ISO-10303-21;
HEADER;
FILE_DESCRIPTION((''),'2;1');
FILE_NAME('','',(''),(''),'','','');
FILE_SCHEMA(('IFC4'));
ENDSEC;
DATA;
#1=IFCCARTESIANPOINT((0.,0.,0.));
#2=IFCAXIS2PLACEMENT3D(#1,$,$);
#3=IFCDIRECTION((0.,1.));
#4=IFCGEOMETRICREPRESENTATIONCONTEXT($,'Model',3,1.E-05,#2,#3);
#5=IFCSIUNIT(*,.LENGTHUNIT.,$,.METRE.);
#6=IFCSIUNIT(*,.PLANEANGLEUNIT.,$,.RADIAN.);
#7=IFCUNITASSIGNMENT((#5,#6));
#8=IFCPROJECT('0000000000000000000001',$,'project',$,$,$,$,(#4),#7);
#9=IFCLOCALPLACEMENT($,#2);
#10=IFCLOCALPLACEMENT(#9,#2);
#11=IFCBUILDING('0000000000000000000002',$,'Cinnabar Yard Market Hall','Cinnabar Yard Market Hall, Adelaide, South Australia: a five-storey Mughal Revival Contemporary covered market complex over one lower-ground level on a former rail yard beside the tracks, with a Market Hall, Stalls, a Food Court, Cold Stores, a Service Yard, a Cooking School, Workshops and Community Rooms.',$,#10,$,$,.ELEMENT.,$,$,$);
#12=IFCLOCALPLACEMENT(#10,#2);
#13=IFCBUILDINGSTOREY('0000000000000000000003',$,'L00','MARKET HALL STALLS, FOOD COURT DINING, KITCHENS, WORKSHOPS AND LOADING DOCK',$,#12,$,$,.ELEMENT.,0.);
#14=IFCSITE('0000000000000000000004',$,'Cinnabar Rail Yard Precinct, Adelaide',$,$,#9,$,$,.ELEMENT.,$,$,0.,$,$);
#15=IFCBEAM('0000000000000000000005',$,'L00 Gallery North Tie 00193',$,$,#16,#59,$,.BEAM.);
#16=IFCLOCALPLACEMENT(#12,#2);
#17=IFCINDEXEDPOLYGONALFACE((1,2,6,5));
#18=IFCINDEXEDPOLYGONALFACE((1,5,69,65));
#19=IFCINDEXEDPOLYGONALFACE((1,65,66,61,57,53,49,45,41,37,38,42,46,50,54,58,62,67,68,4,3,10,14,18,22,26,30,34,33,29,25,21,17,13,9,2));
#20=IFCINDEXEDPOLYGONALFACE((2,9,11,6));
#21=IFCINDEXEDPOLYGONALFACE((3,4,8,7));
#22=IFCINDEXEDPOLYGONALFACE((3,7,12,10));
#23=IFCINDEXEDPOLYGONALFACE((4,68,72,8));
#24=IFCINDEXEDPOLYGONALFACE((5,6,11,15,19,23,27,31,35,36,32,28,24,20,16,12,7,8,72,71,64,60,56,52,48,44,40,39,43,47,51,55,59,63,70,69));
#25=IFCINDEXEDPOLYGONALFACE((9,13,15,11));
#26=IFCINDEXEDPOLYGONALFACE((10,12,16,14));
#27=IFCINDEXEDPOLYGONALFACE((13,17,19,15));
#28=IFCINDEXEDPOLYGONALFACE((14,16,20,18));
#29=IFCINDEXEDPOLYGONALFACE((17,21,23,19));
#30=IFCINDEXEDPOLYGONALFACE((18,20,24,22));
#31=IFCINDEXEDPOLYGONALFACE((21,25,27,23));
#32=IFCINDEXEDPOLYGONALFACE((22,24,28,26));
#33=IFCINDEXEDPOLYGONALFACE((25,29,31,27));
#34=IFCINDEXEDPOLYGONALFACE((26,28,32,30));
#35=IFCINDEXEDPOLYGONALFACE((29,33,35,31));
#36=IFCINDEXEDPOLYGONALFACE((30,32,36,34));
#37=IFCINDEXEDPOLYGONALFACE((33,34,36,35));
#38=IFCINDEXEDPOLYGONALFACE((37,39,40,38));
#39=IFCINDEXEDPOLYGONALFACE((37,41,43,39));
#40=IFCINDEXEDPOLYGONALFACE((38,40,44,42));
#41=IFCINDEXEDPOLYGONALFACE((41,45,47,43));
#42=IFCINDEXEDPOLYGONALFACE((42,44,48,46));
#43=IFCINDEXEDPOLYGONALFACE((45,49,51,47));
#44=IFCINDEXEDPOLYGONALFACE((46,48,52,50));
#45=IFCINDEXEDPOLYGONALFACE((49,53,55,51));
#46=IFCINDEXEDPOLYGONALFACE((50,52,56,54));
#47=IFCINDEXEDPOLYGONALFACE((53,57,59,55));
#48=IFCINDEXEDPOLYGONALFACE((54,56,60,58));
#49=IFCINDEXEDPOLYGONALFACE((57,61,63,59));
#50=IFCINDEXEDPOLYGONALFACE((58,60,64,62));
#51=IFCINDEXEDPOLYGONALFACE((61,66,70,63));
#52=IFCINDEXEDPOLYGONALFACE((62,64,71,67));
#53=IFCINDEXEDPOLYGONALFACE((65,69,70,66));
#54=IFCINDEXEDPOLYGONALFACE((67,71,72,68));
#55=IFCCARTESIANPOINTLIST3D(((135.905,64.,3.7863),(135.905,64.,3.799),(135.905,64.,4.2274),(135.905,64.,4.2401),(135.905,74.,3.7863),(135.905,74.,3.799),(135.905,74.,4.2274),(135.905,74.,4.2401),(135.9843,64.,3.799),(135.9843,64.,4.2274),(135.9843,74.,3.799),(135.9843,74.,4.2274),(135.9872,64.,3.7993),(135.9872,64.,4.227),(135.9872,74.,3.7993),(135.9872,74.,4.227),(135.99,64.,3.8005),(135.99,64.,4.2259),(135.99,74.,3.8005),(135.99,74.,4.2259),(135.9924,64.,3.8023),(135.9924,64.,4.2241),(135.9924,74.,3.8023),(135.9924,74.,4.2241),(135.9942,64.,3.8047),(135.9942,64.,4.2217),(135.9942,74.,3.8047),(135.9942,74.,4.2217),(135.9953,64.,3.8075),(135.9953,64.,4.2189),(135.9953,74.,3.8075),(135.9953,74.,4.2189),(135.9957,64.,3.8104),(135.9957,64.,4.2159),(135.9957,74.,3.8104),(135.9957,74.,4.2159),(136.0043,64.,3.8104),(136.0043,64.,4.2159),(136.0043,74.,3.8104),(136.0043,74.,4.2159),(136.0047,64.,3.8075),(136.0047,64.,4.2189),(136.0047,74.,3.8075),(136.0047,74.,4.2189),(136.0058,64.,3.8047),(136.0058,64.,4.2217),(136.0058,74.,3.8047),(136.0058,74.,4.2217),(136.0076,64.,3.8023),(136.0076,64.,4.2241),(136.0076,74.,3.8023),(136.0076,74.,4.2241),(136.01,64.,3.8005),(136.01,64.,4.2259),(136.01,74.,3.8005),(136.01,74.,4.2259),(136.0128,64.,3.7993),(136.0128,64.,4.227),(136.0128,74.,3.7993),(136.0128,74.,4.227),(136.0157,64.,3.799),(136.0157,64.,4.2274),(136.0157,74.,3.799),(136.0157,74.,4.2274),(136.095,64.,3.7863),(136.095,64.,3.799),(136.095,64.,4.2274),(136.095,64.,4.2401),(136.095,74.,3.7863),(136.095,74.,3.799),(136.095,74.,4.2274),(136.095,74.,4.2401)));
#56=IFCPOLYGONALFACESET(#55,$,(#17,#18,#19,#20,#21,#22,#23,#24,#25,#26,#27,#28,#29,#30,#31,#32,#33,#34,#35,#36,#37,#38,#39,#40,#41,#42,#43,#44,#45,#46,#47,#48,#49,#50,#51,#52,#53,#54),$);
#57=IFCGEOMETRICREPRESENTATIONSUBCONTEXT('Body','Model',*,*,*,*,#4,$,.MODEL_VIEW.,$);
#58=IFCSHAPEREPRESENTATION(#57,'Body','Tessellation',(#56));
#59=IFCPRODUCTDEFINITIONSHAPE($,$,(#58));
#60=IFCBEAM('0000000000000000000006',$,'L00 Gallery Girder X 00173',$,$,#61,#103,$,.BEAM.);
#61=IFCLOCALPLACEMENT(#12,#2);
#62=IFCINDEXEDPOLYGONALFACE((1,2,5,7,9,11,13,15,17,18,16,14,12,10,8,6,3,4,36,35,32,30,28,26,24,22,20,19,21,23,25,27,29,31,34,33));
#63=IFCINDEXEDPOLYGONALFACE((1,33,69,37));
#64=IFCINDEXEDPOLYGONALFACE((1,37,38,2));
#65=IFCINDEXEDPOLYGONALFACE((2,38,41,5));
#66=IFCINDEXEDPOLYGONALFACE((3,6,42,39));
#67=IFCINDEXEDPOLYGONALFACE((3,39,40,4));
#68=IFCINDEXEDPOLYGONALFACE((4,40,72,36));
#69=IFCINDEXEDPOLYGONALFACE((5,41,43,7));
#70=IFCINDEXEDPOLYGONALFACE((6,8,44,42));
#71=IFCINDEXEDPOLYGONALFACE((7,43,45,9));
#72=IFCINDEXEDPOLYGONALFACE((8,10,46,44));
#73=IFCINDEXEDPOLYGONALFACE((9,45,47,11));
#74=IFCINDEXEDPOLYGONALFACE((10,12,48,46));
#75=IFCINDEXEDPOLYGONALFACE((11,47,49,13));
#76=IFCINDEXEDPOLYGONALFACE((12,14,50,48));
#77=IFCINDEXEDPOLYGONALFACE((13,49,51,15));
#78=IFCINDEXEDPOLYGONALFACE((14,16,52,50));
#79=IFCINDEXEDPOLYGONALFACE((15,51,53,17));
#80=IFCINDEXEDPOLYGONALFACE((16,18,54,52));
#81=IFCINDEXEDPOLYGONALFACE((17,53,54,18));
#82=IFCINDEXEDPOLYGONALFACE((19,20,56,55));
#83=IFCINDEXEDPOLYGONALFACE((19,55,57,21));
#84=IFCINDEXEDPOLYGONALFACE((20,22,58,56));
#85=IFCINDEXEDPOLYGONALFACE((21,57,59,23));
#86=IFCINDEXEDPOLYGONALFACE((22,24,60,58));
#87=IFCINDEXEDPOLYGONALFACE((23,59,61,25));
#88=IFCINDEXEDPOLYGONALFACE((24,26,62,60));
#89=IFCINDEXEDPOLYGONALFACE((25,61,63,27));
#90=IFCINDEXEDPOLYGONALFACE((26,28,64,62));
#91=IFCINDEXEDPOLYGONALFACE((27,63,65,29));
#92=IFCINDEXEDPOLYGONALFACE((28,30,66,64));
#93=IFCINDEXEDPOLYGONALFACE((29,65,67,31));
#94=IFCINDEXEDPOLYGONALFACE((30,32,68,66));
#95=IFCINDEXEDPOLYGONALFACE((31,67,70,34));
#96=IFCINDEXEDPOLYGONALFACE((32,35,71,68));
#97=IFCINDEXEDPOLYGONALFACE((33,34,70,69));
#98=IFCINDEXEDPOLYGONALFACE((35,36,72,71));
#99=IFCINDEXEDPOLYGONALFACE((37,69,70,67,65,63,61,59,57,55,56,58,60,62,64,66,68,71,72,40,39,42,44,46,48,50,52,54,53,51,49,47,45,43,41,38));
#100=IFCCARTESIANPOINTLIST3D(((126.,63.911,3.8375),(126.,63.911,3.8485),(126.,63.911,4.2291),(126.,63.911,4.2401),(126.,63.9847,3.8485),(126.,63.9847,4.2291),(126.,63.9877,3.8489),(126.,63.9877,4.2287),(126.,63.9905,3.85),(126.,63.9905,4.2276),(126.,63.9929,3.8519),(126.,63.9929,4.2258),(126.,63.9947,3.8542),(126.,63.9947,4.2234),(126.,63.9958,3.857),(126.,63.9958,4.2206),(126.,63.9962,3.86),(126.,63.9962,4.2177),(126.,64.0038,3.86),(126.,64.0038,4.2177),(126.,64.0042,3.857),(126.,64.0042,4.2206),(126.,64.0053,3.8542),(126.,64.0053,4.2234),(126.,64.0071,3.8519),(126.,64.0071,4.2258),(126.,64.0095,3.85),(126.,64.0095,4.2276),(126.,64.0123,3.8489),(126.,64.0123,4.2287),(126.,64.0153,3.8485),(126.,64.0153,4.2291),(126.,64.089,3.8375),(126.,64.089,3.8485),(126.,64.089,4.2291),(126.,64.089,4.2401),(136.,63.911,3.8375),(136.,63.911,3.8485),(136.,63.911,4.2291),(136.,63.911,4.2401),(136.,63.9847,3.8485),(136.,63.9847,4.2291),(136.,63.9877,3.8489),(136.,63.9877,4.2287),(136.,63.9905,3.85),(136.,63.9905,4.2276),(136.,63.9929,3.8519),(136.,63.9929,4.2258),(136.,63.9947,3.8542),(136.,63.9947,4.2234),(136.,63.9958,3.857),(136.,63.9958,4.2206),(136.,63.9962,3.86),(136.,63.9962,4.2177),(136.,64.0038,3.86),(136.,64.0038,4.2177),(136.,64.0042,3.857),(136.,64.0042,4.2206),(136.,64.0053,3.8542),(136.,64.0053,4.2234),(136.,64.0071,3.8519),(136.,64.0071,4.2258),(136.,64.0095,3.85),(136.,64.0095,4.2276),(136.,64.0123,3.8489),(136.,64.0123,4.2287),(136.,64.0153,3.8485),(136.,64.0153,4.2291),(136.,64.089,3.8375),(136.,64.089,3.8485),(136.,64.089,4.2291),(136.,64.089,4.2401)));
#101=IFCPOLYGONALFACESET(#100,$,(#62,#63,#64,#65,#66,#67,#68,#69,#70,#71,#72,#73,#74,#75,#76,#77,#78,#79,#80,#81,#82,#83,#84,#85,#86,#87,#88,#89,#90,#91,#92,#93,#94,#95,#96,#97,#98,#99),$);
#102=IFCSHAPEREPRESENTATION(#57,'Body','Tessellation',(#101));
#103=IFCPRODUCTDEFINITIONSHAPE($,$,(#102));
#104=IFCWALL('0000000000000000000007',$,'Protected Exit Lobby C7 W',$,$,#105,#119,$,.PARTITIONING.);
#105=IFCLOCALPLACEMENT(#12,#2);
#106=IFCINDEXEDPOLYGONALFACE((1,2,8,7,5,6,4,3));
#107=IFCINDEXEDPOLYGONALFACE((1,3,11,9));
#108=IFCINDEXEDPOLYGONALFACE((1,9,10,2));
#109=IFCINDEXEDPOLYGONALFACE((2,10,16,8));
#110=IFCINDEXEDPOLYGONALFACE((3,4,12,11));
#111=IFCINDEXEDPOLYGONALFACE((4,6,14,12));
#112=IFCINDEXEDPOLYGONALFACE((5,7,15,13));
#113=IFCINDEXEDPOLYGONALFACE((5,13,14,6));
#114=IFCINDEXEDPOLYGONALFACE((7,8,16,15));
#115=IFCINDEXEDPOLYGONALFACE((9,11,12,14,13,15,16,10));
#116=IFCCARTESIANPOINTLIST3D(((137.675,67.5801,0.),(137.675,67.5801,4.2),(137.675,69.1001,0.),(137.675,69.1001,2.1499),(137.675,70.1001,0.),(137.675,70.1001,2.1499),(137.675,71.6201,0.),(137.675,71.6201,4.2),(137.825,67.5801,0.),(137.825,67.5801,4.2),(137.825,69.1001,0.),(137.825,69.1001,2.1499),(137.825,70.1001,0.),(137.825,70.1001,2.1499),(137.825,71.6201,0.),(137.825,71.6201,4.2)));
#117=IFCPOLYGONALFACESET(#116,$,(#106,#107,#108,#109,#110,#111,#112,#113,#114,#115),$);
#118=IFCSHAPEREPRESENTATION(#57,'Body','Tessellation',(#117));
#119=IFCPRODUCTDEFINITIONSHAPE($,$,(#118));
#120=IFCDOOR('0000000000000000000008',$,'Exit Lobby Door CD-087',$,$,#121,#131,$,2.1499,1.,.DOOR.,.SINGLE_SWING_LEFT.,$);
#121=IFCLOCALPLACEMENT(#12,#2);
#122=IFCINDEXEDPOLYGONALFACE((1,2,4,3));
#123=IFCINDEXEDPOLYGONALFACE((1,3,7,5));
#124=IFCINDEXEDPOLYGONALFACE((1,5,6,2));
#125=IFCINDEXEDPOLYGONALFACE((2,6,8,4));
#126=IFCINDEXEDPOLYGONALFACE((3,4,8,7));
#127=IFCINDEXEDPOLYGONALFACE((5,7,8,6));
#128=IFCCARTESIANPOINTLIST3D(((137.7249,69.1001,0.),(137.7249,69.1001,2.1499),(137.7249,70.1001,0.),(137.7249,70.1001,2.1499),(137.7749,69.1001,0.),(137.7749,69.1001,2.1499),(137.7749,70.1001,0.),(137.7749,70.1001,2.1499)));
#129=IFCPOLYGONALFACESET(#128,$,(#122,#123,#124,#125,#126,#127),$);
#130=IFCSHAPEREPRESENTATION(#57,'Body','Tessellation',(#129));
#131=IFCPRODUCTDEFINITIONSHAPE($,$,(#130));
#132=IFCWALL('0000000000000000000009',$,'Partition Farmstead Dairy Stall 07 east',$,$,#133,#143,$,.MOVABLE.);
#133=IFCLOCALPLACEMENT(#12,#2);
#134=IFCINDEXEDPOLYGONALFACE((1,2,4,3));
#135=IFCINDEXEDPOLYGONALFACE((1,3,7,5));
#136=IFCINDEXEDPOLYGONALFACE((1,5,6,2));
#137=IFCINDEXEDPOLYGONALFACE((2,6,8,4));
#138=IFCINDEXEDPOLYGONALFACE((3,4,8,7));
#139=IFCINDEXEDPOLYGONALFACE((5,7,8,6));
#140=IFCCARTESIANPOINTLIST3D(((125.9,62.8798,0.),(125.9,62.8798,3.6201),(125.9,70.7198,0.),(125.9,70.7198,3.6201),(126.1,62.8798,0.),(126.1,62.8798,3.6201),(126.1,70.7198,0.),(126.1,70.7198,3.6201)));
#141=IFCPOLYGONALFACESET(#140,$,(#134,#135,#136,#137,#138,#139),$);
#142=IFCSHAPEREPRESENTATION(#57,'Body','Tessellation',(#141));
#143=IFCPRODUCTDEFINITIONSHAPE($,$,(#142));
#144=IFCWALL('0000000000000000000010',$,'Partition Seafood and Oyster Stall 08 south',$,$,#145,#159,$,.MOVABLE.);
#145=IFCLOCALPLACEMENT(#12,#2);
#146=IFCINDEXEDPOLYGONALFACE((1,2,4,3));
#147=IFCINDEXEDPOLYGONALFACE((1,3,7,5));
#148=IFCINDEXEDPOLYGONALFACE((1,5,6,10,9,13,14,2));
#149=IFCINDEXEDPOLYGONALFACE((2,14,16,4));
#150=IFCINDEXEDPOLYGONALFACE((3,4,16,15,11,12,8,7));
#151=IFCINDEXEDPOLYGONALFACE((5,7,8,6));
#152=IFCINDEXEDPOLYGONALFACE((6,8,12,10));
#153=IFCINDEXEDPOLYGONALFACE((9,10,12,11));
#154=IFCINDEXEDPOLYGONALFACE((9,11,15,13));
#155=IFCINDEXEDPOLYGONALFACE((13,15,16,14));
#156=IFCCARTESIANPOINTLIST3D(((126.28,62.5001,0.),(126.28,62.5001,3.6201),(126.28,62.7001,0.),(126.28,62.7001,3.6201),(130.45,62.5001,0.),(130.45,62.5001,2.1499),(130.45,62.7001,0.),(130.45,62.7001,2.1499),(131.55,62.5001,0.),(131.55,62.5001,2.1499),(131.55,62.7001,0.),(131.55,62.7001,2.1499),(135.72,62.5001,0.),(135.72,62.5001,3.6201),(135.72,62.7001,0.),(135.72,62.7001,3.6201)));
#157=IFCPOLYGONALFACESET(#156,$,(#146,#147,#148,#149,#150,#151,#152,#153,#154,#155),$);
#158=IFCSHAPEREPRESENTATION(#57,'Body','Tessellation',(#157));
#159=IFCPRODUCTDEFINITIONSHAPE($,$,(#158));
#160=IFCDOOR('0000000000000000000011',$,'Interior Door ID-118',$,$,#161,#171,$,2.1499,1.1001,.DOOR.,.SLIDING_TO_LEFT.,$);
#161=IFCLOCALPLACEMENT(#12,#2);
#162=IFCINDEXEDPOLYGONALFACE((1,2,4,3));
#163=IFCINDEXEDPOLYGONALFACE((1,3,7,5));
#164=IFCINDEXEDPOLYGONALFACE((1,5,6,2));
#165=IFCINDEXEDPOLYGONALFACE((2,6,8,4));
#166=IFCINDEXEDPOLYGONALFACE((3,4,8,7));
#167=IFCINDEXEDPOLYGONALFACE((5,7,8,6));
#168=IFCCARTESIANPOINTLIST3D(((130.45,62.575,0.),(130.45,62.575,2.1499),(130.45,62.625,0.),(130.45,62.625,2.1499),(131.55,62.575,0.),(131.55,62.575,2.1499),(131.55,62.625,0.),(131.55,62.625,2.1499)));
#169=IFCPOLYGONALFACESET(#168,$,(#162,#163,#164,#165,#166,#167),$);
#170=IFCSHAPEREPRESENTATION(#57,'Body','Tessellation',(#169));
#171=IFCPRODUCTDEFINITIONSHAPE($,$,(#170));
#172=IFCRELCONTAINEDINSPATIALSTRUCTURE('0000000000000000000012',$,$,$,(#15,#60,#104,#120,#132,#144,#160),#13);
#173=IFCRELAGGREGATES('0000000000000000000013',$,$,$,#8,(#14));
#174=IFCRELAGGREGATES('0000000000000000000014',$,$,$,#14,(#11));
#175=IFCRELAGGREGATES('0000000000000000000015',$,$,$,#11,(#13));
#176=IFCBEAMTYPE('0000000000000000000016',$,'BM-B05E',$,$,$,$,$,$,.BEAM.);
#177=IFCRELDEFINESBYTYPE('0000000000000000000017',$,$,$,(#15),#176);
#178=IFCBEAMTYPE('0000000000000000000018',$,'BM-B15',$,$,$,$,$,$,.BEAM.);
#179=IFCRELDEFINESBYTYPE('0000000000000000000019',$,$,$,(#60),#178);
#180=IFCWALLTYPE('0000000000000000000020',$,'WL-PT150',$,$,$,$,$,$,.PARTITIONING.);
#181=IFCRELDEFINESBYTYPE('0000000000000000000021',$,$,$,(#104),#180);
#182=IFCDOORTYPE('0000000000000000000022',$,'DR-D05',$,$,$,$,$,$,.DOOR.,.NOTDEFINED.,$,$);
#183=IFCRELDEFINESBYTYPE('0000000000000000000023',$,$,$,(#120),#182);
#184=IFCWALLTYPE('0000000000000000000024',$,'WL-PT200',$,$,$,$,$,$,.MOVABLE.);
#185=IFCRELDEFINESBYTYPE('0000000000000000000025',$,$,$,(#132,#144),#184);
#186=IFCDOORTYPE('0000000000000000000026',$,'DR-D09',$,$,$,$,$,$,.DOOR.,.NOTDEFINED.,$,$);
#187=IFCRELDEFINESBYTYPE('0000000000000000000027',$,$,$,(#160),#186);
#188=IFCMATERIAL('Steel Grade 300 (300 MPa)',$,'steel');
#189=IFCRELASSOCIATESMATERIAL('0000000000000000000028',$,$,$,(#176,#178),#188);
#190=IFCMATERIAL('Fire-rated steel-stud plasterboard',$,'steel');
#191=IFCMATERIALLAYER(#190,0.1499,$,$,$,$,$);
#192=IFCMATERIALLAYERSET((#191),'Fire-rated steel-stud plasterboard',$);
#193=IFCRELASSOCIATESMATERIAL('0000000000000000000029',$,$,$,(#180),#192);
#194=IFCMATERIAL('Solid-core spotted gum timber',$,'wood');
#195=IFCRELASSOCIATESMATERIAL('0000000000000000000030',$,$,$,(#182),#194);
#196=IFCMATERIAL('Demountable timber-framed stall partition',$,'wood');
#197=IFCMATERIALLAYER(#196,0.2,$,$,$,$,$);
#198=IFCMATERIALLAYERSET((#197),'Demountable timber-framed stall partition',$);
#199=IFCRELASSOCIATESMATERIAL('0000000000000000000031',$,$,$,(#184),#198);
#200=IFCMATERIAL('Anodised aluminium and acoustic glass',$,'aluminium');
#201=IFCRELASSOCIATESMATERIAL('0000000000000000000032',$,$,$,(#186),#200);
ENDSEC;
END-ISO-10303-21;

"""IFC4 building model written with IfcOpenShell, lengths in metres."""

from ifc_helpers import new_model, si_unit, direction, frame, frame_2d, origin, origin_2d_with_axis, place, context, subcontext, project, spatial, rectangle, i_section, extrude, material, layer, layer_set, material_profile, profile_set, type_object, element, fill, save


model = new_model("IFC4")

# Units and contexts
model_context = context("Model", 3, precision=1e-05, world=origin(), true_north=direction((0.0, 1.0)))
body_context = subcontext(model_context, "Body", "Model", "MODEL_VIEW")
ifc_project = project(units=[si_unit("LENGTHUNIT", "METRE"), si_unit("PLANEANGLEUNIT", "RADIAN")], contexts=[model_context])

# Site, building, storey
site_placement = place(None, origin())
site = spatial("IfcSite", under=ifc_project, at=site_placement, Name="Cinnabar Rail Yard Precinct, Adelaide", CompositionType="ELEMENT", RefElevation=0.0)
building_placement = place(site_placement, origin())
building = spatial("IfcBuilding", under=site, at=building_placement, Name="Cinnabar Yard Market Hall", Description="Cinnabar Yard Market Hall, Adelaide, South Australia: a five-storey Mughal Revival Contemporary covered market complex over one lower-ground level on a former rail yard beside the tracks, with a Market Hall, Stalls, a Food Court, Cold Stores, a Service Yard, a Cooking School, Workshops and Community Rooms.", CompositionType="ELEMENT")
storey_placement = place(building_placement, origin())
storey = spatial("IfcBuildingStorey", under=building, at=storey_placement, Name="L00", Description="MARKET HALL STALLS, FOOD COURT DINING, KITCHENS, WORKSHOPS AND LOADING DOCK", CompositionType="ELEMENT", Elevation=0.0)

# Beams
ifc_material_1 = material(Name="Steel Grade 300 (300 MPa)", Category="steel")
ifc_material_profile_1 = material_profile(ifc_material_1, i_section(OverallWidth=0.1899, OverallDepth=0.4539, WebThickness=0.0085, FlangeThickness=0.0127, FilletRadius=0.0115, at=origin_2d_with_axis()), Name="460UB67.1")
ifc_profile_set_1 = profile_set([ifc_material_profile_1], Name="Steel Grade 300 (300 MPa)")
beam_type_1 = type_object("IfcBeamType", Name="BM-B05E", PredefinedType="BEAM", material=ifc_profile_set_1)
for number, where, z_axis, x_axis, name in (
    (1, (136.0, 64.0, 4.0132), (0.0, 1.0, 0.0), (-1.0, 0.0, 0.0), "L00 Gallery North Tie 00193"),
):
    element("IfcBeam", number, at=place(storey_placement, frame(where, z_axis=z_axis, x_axis=x_axis)), inside=storey, type_object=beam_type_1, Name=name, PredefinedType="BEAM", context=body_context, shape_type="SweptSolid", body=[
        extrude(i_section(OverallWidth=0.1899, OverallDepth=0.4539, WebThickness=0.0085, FlangeThickness=0.0127, FilletRadius=0.0115, at=origin_2d_with_axis()), origin(), (0.0, 0.0, 1.0), 10.0),
    ])
ifc_material_profile_2 = material_profile(ifc_material_1, i_section(OverallWidth=0.178, OverallDepth=0.4026, WebThickness=0.0076, FlangeThickness=0.011, FilletRadius=0.0115, at=origin_2d_with_axis()), Name="410UB53.7")
ifc_profile_set_2 = profile_set([ifc_material_profile_2], Name="Steel Grade 300 (300 MPa)")
beam_type_2 = type_object("IfcBeamType", Name="BM-B15", PredefinedType="BEAM", material=ifc_profile_set_2)
beam_placement = place(storey_placement, frame((126.0, 64.0, 4.0388), z_axis=(1.0, 0.0, 0.0), x_axis=(0.0, 1.0, 0.0)))
element("IfcBeam", 2, at=beam_placement, inside=storey, type_object=beam_type_2, Name="L00 Gallery Girder X 00173", PredefinedType="BEAM", context=body_context, shape_type="SweptSolid", body=[
    extrude(i_section(OverallWidth=0.178, OverallDepth=0.4026, WebThickness=0.0076, FlangeThickness=0.011, FilletRadius=0.0115, at=origin_2d_with_axis()), origin(), (0.0, 0.0, 1.0), 10.0),
])

# Wall, opening, door
ifc_material_2 = material(Name="Fire-rated steel-stud plasterboard", Category="steel")
ifc_layer_1 = layer(ifc_material_2, 0.1499)
ifc_layer_set_1 = layer_set([ifc_layer_1], Name="Fire-rated steel-stud plasterboard")
wall_type_1 = type_object("IfcWallType", Name="WL-PT150", PredefinedType="PARTITIONING", material=ifc_layer_set_1)
wall_1_placement = place(storey_placement, frame((137.75, 71.6201, 0.0), z_axis=(0.0, 0.0, 1.0), x_axis=(0.0, -1.0, 0.0)))
wall_1 = element("IfcWall", 3, at=wall_1_placement, inside=storey, type_object=wall_type_1, Name="Protected Exit Lobby C7 W", PredefinedType="PARTITIONING", context=body_context, shape_type="SweptSolid", body=[
    extrude(rectangle(XDim=4.04, YDim=0.1499, at=frame_2d((2.02, 0.0), x_axis=(1.0, 0.0))), origin(), (0.0, 0.0, 1.0), 4.2),
])
opening_1_placement = place(wall_1_placement, frame((1.52, 0.0, 0.0)))
opening_1 = element("IfcOpeningElement", 4, at=opening_1_placement, cuts=wall_1, PredefinedType="OPENING", context=body_context, shape_type="SweptSolid", body=[
    extrude(rectangle(XDim=1.0, YDim=2.1499, at=frame_2d((0.5, 1.075), x_axis=(1.0, 0.0))), frame((0.0, 0.085, 0.0), z_axis=(0.0, -1.0, 0.0), x_axis=(1.0, 0.0, 0.0)), (0.0, 0.0, 1.0), 0.1699),
])
ifc_material_3 = material(Name="Solid-core spotted gum timber", Category="wood")
door_type_1 = type_object("IfcDoorType", Name="DR-D05", OperationType="NOTDEFINED", PredefinedType="DOOR", material=ifc_material_3)
door_1_placement = place(opening_1_placement, origin())
door_1 = element("IfcDoor", 5, at=door_1_placement, inside=storey, type_object=door_type_1, Name="Exit Lobby Door CD-087", OperationType="SINGLE_SWING_LEFT", OverallHeight=2.1499, OverallWidth=1.0, PredefinedType="DOOR", context=body_context, shape_type="SweptSolid", body=[
    extrude(rectangle(XDim=1.0, YDim=2.1499, at=frame_2d((0.5, 1.075), x_axis=(1.0, 0.0))), frame((0.0, 0.0249, 0.0), z_axis=(0.0, -1.0, 0.0), x_axis=(1.0, 0.0, 0.0)), (0.0, 0.0, 1.0), 0.05),
])
fill(opening_1, door_1)

# Wall
ifc_material_4 = material(Name="Demountable timber-framed stall partition", Category="wood")
ifc_layer_2 = layer(ifc_material_4, 0.2)
ifc_layer_set_2 = layer_set([ifc_layer_2], Name="Demountable timber-framed stall partition")
wall_type_2 = type_object("IfcWallType", Name="WL-PT200", PredefinedType="MOVABLE", material=ifc_layer_set_2)
wall_2_placement = place(storey_placement, frame((126.0, 62.8799, 0.0), z_axis=(0.0, 0.0, 1.0), x_axis=(0.0, 1.0, 0.0)))
element("IfcWall", 6, at=wall_2_placement, inside=storey, type_object=wall_type_2, Name="Partition Farmstead Dairy Stall 07 east", PredefinedType="MOVABLE", context=body_context, shape_type="SweptSolid", body=[
    extrude(rectangle(XDim=7.8401, YDim=0.2, at=frame_2d((3.9199, 0.0), x_axis=(1.0, 0.0))), origin(), (0.0, 0.0, 1.0), 3.6201),
])

# Wall, opening, door
wall_3_placement = place(storey_placement, frame((126.28, 62.6001, 0.0), z_axis=(0.0, 0.0, 1.0), x_axis=(1.0, 0.0, 0.0)))
wall_3 = element("IfcWall", 7, at=wall_3_placement, inside=storey, type_object=wall_type_2, Name="Partition Seafood and Oyster Stall 08 south", PredefinedType="MOVABLE", context=body_context, shape_type="SweptSolid", body=[
    extrude(rectangle(XDim=9.4399, YDim=0.2, at=frame_2d((4.72, 0.0), x_axis=(1.0, 0.0))), origin(), (0.0, 0.0, 1.0), 3.6201),
])
opening_2_placement = place(wall_3_placement, frame((4.1699, 0.0, 0.0)))
opening_2 = element("IfcOpeningElement", 8, at=opening_2_placement, cuts=wall_3, PredefinedType="OPENING", context=body_context, shape_type="SweptSolid", body=[
    extrude(rectangle(XDim=1.1001, YDim=2.1499, at=frame_2d((0.55, 1.075), x_axis=(1.0, 0.0))), frame((0.0, 0.1099, 0.0), z_axis=(0.0, -1.0, 0.0), x_axis=(1.0, 0.0, 0.0)), (0.0, 0.0, 1.0), 0.22),
])
ifc_material_5 = material(Name="Anodised aluminium and acoustic glass", Category="aluminium")
door_type_2 = type_object("IfcDoorType", Name="DR-D09", OperationType="NOTDEFINED", PredefinedType="DOOR", material=ifc_material_5)
door_2_placement = place(opening_2_placement, origin())
door_2 = element("IfcDoor", 9, at=door_2_placement, inside=storey, type_object=door_type_2, Name="Interior Door ID-118", OperationType="SLIDING_TO_LEFT", OverallHeight=2.1499, OverallWidth=1.1001, PredefinedType="DOOR", context=body_context, shape_type="SweptSolid", body=[
    extrude(rectangle(XDim=1.1001, YDim=2.1499, at=frame_2d((0.55, 1.075), x_axis=(1.0, 0.0))), frame((0.0, 0.0249, 0.0), z_axis=(0.0, -1.0, 0.0), x_axis=(1.0, 0.0, 0.0)), (0.0, 0.0, 1.0), 0.05),
])
fill(opening_2, door_2)

save(model, "model.ifc")
